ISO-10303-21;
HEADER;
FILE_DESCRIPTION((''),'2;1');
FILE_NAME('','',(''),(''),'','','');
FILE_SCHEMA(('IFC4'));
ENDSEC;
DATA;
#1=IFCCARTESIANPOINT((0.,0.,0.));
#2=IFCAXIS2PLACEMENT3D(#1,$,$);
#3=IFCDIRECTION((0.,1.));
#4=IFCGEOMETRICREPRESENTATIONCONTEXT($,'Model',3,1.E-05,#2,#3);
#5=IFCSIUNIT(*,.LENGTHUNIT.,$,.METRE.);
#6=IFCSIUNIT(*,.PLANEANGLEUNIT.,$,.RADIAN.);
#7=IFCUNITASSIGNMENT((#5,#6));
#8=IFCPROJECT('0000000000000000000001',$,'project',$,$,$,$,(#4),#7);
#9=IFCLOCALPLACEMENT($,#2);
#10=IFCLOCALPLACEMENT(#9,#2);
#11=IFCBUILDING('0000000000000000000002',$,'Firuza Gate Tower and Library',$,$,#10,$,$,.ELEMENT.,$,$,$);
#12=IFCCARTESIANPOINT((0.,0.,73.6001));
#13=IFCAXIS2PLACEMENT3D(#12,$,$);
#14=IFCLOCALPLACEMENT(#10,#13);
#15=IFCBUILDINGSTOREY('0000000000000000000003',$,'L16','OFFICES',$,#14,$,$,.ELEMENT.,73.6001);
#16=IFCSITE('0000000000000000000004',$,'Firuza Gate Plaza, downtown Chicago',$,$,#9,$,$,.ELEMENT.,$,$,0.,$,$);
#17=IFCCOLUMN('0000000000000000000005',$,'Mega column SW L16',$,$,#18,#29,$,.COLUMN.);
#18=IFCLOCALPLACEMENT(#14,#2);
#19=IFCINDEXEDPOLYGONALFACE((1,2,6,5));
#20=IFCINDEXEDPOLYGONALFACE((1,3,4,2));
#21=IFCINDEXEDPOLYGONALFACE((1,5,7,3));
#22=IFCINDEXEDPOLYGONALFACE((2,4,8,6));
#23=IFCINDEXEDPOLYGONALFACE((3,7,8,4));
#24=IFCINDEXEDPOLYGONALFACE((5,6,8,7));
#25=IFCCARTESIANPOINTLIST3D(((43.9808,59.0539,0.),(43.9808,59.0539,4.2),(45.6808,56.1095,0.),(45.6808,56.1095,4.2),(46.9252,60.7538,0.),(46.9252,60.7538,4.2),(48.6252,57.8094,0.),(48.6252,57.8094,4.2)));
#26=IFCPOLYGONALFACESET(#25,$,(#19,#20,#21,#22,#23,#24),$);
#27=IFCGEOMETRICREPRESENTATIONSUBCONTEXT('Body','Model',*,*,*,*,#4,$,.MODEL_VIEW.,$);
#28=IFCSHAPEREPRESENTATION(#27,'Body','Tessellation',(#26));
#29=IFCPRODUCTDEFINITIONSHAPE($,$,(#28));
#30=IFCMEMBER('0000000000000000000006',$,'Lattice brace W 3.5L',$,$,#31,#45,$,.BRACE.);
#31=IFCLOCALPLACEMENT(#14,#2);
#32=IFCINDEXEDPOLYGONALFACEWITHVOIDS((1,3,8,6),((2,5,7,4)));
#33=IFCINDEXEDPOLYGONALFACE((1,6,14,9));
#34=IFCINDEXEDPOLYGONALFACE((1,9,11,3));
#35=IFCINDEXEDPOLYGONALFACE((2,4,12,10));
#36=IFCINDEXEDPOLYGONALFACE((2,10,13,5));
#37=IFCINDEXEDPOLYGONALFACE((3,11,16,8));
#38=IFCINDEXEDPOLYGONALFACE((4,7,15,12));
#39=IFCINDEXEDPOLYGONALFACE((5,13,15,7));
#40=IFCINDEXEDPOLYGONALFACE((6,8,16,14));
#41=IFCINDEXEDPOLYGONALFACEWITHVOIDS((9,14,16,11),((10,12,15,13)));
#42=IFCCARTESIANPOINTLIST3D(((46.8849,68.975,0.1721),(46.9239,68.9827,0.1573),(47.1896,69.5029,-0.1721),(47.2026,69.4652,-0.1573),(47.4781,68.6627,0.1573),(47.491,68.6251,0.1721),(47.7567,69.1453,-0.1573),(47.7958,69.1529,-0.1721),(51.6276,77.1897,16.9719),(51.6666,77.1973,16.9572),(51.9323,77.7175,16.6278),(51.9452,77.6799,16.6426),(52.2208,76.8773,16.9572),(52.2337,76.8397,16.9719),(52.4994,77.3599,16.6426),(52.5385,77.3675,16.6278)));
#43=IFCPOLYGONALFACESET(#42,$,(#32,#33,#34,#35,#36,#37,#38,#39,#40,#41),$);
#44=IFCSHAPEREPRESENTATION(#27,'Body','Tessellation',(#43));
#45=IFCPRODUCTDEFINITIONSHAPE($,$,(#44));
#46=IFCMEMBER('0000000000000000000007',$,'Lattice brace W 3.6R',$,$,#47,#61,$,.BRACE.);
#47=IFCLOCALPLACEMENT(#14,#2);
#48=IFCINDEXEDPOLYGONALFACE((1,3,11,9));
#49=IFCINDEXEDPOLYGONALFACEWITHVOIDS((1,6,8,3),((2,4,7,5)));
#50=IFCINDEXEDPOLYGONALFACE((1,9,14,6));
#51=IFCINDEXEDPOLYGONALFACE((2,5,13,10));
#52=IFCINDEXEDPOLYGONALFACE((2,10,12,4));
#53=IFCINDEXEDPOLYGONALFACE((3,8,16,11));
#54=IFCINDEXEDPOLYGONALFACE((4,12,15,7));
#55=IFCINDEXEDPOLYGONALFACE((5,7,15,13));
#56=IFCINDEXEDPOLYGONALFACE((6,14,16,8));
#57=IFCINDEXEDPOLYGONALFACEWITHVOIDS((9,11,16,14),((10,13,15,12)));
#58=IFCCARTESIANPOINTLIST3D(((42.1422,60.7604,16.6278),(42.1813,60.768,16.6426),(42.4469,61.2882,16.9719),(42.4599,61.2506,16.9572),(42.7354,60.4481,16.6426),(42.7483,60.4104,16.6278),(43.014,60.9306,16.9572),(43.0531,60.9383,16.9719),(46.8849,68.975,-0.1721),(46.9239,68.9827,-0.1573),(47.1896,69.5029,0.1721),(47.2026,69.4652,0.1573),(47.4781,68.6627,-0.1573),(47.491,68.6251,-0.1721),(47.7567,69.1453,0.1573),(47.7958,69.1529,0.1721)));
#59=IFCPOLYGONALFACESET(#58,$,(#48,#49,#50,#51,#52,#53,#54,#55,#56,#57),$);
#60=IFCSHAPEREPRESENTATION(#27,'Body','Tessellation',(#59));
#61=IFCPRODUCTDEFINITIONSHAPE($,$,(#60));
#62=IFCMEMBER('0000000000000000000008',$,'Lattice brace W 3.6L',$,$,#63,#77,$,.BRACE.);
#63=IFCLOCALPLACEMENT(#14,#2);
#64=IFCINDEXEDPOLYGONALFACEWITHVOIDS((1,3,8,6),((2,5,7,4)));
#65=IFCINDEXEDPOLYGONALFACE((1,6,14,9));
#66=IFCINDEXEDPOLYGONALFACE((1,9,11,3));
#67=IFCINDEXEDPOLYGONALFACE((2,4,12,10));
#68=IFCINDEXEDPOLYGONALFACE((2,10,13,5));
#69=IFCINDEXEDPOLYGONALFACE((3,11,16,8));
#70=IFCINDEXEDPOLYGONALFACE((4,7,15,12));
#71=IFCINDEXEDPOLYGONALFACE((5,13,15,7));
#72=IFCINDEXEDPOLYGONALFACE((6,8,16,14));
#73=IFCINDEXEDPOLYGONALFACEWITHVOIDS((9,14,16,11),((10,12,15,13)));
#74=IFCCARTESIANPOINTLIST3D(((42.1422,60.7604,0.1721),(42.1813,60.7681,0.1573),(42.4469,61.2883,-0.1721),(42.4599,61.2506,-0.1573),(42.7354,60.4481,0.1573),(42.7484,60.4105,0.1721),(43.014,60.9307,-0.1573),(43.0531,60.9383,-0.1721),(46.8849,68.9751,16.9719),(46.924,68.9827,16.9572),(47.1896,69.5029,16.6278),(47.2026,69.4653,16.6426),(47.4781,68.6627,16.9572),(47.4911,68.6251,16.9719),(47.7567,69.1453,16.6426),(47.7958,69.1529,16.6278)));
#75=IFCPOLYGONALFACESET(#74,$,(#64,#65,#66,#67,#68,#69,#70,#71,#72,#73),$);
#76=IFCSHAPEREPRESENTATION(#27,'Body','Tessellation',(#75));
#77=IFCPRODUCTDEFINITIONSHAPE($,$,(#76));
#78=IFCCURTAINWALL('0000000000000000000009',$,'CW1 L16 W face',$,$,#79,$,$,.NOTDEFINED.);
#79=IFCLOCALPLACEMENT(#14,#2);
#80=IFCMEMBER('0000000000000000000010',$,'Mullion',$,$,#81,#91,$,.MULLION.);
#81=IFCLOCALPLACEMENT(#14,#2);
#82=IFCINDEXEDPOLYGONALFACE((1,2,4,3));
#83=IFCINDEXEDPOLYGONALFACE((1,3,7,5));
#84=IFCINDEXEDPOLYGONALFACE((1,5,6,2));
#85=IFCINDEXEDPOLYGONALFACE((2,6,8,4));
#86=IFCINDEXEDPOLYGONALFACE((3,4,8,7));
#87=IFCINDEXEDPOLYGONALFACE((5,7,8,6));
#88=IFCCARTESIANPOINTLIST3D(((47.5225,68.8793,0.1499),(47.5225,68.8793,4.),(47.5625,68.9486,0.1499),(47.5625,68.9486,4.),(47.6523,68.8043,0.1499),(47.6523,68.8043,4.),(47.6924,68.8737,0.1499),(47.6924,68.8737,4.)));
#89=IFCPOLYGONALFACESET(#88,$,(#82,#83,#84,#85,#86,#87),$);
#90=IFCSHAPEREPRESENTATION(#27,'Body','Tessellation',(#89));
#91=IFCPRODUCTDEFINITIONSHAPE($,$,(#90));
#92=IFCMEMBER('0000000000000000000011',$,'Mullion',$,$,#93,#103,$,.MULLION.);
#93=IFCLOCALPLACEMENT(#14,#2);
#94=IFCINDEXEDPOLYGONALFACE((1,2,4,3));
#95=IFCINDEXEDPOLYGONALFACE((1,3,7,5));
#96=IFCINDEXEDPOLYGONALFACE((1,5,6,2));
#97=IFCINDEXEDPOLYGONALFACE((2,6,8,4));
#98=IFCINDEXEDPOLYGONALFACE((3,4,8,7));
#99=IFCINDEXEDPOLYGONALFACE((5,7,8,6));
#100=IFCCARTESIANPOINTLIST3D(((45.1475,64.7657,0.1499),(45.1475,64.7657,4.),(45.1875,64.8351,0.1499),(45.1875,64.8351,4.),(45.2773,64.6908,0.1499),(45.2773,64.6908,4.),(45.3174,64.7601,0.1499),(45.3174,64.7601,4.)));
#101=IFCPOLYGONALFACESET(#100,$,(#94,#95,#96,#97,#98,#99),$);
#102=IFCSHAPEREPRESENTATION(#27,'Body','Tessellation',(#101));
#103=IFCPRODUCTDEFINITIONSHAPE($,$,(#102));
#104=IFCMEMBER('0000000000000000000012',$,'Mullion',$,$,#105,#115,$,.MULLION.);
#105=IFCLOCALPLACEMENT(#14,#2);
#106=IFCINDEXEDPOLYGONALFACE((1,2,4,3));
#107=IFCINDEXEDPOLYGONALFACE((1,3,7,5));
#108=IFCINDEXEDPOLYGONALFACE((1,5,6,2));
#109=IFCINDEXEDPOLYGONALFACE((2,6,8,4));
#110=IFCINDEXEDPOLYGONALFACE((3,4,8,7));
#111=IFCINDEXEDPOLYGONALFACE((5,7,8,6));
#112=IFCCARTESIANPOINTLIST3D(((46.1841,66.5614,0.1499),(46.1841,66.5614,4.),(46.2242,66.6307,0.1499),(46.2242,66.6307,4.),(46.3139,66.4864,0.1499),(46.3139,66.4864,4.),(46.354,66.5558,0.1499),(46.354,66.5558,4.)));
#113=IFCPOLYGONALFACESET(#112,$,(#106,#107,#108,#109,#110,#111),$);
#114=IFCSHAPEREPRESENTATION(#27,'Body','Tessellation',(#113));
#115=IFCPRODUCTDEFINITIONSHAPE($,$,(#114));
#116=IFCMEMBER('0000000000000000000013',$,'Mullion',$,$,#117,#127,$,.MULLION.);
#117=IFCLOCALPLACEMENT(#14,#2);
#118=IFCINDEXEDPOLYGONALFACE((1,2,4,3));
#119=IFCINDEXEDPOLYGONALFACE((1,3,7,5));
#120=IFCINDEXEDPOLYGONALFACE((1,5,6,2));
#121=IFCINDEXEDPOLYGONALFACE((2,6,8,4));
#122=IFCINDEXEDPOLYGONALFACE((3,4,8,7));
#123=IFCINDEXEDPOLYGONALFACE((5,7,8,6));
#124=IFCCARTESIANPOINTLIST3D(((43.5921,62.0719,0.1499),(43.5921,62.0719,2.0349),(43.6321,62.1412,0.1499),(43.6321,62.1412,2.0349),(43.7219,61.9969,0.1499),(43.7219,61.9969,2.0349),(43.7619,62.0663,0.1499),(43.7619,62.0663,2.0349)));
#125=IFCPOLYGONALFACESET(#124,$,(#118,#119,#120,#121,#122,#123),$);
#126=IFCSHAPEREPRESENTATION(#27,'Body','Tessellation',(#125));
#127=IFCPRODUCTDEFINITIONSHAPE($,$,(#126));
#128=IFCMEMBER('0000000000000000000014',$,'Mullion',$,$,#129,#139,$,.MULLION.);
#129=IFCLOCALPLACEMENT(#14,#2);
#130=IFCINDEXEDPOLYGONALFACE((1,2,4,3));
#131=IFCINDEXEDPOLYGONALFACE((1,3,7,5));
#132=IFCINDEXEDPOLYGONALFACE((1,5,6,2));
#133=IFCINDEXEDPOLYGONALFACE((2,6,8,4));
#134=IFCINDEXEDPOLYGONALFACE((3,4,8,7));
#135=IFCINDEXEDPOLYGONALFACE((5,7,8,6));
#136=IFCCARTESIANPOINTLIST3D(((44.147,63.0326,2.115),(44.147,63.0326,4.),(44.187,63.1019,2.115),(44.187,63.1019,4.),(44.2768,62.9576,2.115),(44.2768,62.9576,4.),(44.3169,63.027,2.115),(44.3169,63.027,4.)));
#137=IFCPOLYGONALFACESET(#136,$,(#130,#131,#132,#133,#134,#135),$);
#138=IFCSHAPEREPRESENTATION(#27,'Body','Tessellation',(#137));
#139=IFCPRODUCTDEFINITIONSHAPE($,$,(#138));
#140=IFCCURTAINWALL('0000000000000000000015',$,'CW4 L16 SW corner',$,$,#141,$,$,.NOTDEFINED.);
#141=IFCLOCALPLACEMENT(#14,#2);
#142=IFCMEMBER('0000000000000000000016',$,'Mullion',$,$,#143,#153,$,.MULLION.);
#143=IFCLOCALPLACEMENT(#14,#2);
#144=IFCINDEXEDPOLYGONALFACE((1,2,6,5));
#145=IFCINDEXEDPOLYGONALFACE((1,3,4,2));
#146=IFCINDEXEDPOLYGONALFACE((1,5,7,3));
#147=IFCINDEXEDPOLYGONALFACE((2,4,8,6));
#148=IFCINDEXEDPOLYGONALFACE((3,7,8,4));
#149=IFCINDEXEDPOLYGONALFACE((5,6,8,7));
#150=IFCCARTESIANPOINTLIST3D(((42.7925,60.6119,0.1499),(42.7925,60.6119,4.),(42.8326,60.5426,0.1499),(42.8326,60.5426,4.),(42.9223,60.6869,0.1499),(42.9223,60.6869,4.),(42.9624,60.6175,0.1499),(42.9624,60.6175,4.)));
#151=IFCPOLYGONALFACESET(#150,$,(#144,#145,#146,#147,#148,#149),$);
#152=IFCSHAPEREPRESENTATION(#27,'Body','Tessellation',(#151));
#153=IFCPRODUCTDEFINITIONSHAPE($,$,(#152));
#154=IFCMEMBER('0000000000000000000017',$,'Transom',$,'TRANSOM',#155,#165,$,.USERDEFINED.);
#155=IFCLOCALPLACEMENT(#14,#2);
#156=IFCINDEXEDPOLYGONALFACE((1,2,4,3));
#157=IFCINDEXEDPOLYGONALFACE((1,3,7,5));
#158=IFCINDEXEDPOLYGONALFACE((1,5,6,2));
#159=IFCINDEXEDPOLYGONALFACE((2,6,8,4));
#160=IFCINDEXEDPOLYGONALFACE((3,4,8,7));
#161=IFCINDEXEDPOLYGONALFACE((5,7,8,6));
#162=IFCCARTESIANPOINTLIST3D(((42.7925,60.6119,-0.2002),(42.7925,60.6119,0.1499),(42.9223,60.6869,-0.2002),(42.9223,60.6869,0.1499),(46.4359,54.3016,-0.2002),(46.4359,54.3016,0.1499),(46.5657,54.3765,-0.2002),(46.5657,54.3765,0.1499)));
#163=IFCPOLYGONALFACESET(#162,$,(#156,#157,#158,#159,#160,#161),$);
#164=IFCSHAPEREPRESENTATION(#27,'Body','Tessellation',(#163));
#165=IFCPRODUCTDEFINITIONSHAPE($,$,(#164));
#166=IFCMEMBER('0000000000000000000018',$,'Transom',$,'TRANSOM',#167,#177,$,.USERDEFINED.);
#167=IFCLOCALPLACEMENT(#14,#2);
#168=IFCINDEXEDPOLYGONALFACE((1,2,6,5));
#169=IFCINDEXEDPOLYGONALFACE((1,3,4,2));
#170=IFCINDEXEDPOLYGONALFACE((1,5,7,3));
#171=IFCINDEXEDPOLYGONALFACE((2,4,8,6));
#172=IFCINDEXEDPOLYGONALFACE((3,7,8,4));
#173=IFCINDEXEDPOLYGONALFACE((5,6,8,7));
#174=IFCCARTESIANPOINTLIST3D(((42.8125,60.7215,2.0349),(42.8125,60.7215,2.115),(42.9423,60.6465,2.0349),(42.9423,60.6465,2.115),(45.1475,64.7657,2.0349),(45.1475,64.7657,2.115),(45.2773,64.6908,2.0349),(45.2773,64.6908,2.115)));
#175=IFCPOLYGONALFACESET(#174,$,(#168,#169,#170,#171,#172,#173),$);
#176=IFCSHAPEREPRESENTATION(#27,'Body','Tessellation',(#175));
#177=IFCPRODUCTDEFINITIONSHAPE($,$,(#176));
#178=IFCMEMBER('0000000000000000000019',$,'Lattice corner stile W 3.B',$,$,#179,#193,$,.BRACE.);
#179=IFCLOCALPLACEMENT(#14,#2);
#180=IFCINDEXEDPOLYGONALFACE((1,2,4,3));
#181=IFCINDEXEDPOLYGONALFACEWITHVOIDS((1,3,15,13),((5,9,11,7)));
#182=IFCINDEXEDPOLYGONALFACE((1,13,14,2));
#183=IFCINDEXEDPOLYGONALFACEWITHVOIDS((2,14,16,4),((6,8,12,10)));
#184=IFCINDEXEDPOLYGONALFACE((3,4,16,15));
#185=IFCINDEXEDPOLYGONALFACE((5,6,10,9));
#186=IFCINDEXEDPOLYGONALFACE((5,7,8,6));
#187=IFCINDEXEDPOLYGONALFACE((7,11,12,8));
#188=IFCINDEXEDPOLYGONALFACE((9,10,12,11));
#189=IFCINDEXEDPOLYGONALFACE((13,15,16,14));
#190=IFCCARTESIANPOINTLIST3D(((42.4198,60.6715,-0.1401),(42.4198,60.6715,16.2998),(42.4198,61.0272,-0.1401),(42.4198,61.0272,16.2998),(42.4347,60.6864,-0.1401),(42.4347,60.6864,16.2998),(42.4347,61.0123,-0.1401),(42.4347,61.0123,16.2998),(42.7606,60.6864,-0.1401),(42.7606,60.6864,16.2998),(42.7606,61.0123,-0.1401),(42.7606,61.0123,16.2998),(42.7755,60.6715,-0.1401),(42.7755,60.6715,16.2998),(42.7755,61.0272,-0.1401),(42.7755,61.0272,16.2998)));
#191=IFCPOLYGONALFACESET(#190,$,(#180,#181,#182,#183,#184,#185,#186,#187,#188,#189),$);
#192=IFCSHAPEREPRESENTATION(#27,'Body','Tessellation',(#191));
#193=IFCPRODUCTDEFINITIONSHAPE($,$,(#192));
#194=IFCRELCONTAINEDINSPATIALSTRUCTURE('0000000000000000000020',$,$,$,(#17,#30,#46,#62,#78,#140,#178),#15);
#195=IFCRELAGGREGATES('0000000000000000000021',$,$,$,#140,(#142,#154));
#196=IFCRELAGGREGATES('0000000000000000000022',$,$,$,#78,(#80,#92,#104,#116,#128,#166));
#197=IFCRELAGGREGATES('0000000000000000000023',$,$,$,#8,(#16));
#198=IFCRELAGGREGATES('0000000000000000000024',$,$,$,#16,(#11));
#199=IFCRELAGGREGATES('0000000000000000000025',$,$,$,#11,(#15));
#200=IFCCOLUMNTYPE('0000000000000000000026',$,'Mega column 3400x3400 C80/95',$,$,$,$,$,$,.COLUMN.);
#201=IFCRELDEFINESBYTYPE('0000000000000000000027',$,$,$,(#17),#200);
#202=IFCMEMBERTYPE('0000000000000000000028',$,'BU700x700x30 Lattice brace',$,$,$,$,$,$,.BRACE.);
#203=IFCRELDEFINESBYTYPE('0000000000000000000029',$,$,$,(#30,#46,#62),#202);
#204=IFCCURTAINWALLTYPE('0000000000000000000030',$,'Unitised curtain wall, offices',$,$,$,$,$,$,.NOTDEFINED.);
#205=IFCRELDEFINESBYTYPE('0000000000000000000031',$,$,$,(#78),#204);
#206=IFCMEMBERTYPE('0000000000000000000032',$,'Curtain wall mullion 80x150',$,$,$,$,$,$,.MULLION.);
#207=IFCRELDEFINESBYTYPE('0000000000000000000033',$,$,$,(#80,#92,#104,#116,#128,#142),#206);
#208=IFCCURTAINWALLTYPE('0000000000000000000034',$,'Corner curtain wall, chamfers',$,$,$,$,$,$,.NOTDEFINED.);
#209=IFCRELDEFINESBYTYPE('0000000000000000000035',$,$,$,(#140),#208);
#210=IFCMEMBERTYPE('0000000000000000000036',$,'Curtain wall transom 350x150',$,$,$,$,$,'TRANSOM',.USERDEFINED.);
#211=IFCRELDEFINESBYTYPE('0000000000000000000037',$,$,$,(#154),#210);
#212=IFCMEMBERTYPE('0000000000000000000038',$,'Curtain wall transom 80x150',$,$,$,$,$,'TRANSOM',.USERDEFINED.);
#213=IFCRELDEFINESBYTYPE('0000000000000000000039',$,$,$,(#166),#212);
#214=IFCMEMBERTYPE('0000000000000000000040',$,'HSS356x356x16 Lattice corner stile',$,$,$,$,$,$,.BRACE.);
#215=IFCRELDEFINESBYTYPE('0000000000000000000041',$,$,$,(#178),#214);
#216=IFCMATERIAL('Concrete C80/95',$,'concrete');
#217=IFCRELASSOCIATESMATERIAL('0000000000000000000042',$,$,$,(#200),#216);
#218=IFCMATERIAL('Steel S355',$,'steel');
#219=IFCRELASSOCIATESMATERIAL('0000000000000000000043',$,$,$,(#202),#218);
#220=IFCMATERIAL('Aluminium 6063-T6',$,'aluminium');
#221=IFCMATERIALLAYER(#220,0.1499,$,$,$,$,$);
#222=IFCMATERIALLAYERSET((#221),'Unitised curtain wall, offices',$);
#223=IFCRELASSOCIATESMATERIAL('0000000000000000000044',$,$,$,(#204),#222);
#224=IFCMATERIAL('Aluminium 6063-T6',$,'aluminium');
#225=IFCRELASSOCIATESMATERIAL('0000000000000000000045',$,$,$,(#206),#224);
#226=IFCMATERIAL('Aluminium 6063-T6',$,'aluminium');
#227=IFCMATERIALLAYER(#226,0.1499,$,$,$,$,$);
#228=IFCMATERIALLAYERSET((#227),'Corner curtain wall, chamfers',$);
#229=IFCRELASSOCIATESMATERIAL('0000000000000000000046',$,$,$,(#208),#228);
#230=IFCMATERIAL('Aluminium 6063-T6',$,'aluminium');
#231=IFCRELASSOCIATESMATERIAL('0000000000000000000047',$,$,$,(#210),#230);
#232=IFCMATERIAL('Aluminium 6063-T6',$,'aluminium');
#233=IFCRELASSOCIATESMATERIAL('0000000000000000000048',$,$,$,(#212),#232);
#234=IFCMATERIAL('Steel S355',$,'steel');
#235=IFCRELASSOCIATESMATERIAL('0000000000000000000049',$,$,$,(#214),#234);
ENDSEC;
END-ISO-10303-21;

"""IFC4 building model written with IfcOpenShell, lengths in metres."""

from ifc_helpers import new_model, si_unit, direction, frame, origin, origin_2d, place, context, subcontext, project, spatial, rectangle, hollow_rectangle, extrude, material, layer, layer_set, material_profile, profile_set, type_object, element, aggregate, save


model = new_model("IFC4")

# Units and contexts
model_context = context("Model", 3, precision=1e-05, world=origin(), true_north=direction((0.0, 1.0)))
body_context = subcontext(model_context, "Body", "Model", "MODEL_VIEW")
ifc_project = project(units=[si_unit("LENGTHUNIT", "METRE"), si_unit("PLANEANGLEUNIT", "RADIAN")], contexts=[model_context])

# Site, building, storey
site_placement = place(None, origin())
site = spatial("IfcSite", under=ifc_project, at=site_placement, Name="Firuza Gate Plaza, downtown Chicago", CompositionType="ELEMENT", RefElevation=0.0)
building_placement = place(site_placement, origin())
building = spatial("IfcBuilding", under=site, at=building_placement, Name="Firuza Gate Tower and Library", CompositionType="ELEMENT")
storey_placement = place(building_placement, frame((0.0, 0.0, 73.6001)))
storey = spatial("IfcBuildingStorey", under=building, at=storey_placement, Name="L16", Description="OFFICES", CompositionType="ELEMENT", Elevation=73.6001)

# Column
ifc_material_1 = material(Name="Concrete C80/95", Category="concrete")
ifc_material_profile_1 = material_profile(ifc_material_1, rectangle(XDim=3.3999, YDim=3.3999, at=origin_2d()))
ifc_profile_set_1 = profile_set([ifc_material_profile_1], Name="Concrete C80/95")
column_type = type_object("IfcColumnType", Name="Mega column 3400x3400 C80/95", PredefinedType="COLUMN", material=ifc_profile_set_1)
column_placement = place(storey_placement, frame((46.303, 58.4316, 0.0), z_axis=(0.0, 0.0, 1.0), x_axis=(0.5, -0.866025, 0.0)))
element("IfcColumn", 1, at=column_placement, inside=storey, type_object=column_type, Name="Mega column SW L16", PredefinedType="COLUMN", context=body_context, shape_type="SweptSolid", body=[
    extrude(rectangle(XDim=3.3999, YDim=3.3999, at=origin_2d()), origin(), (0.0, 0.0, 1.0), 4.2),
])

# Members
ifc_material_2 = material(Name="Steel S355", Category="steel")
ifc_material_profile_2 = material_profile(ifc_material_2, hollow_rectangle(XDim=0.7, YDim=0.7, WallThickness=0.03, at=origin_2d()))
ifc_profile_set_2 = profile_set([ifc_material_profile_2], Name="Steel S355")
member_type_1 = type_object("IfcMemberType", Name="BU700x700x30 Lattice brace", PredefinedType="BRACE", material=ifc_profile_set_2)
for number, where, z_axis, x_axis, name in (
    (2, (47.3403, 69.064, 0.0), (0.245828, 0.425789, 0.870788), (-0.866027, 0.499998, 0.0), "Lattice brace W 3.5L"),
    (3, (47.3403, 69.064, 0.0), (-0.245828, -0.425789, 0.870788), (0.866027, -0.499998, 0.0), "Lattice brace W 3.6R"),
    (4, (42.5977, 60.8494, 0.0), (0.245828, 0.425789, 0.870788), (-0.866027, 0.499998, 0.0), "Lattice brace W 3.6L"),
):
    element("IfcMember", number, at=place(storey_placement, frame(where, z_axis=z_axis, x_axis=x_axis)), inside=storey, type_object=member_type_1, Name=name, PredefinedType="BRACE", context=body_context, shape_type="SweptSolid", body=[
        extrude(hollow_rectangle(XDim=0.7, YDim=0.7, WallThickness=0.03, at=origin_2d()), origin(), (0.0, 0.0, 1.0), 19.2927),
    ])

# Curtain walls, members
ifc_material_3 = material(Name="Aluminium 6063-T6", Category="aluminium")
ifc_layer_1 = layer(ifc_material_3, 0.1499)
ifc_layer_set_1 = layer_set([ifc_layer_1], Name="Unitised curtain wall, offices")
curtain_wall_type_1 = type_object("IfcCurtainWallType", Name="Unitised curtain wall, offices", PredefinedType="NOTDEFINED", material=ifc_layer_set_1)
placement = place(storey_placement, origin())
curtain_wall_1 = element("IfcCurtainWall", 5, at=placement, inside=storey, type_object=curtain_wall_type_1, Name="CW1 L16 W face", PredefinedType="NOTDEFINED")
ifc_material_4 = material(Name="Aluminium 6063-T6", Category="aluminium")
ifc_material_profile_3 = material_profile(ifc_material_4, rectangle(XDim=0.1499, YDim=0.0801, at=origin_2d()))
ifc_profile_set_3 = profile_set([ifc_material_profile_3], Name="Aluminium 6063-T6")
member_type_2 = type_object("IfcMemberType", Name="Curtain wall mullion 80x150", PredefinedType="MULLION", material=ifc_profile_set_3)
member_1_placement = place(storey_placement, frame((47.6074, 68.8765, 0.1499), z_axis=(0.0, 0.0, 1.0), x_axis=(0.866025, -0.5, 0.0)))
member_1 = element("IfcMember", 6, at=member_1_placement, type_object=member_type_2, Name="Mullion", PredefinedType="MULLION", context=body_context, shape_type="SweptSolid", body=[
    extrude(rectangle(XDim=0.1499, YDim=0.0801, at=origin_2d()), origin(), (0.0, 0.0, 1.0), 3.8501),
])
member_2_placement = place(storey_placement, frame((45.2324, 64.7629, 0.1499), z_axis=(0.0, 0.0, 1.0), x_axis=(0.866025, -0.5, 0.0)))
member_2 = element("IfcMember", 7, at=member_2_placement, type_object=member_type_2, Name="Mullion", PredefinedType="MULLION", context=body_context, shape_type="SweptSolid", body=[
    extrude(rectangle(XDim=0.1499, YDim=0.0801, at=origin_2d()), origin(), (0.0, 0.0, 1.0), 3.8501),
])
member_3_placement = place(storey_placement, frame((46.269, 66.5586, 0.1499), z_axis=(0.0, 0.0, 1.0), x_axis=(0.866025, -0.5, 0.0)))
member_3 = element("IfcMember", 8, at=member_3_placement, type_object=member_type_2, Name="Mullion", PredefinedType="MULLION", context=body_context, shape_type="SweptSolid", body=[
    extrude(rectangle(XDim=0.1499, YDim=0.0801, at=origin_2d()), origin(), (0.0, 0.0, 1.0), 3.8501),
])
member_4_placement = place(storey_placement, frame((43.677, 62.0691, 0.1499), z_axis=(0.0, 0.0, 1.0), x_axis=(0.866025, -0.5, 0.0)))
member_4 = element("IfcMember", 9, at=member_4_placement, type_object=member_type_2, Name="Mullion", PredefinedType="MULLION", context=body_context, shape_type="SweptSolid", body=[
    extrude(rectangle(XDim=0.1499, YDim=0.0801, at=origin_2d()), origin(), (0.0, 0.0, 1.0), 1.885),
])
member_5_placement = place(storey_placement, frame((44.2319, 63.0298, 2.115), z_axis=(0.0, 0.0, 1.0), x_axis=(0.866025, -0.5, 0.0)))
member_5 = element("IfcMember", 10, at=member_5_placement, type_object=member_type_2, Name="Mullion", PredefinedType="MULLION", context=body_context, shape_type="SweptSolid", body=[
    extrude(rectangle(XDim=0.1499, YDim=0.0801, at=origin_2d()), origin(), (0.0, 0.0, 1.0), 1.885),
])
ifc_material_5 = material(Name="Aluminium 6063-T6", Category="aluminium")
ifc_layer_2 = layer(ifc_material_5, 0.1499)
ifc_layer_set_2 = layer_set([ifc_layer_2], Name="Corner curtain wall, chamfers")
curtain_wall_type_2 = type_object("IfcCurtainWallType", Name="Corner curtain wall, chamfers", PredefinedType="NOTDEFINED", material=ifc_layer_set_2)
curtain_wall_2 = element("IfcCurtainWall", 11, at=placement, inside=storey, type_object=curtain_wall_type_2, Name="CW4 L16 SW corner", PredefinedType="NOTDEFINED")
member_6_placement = place(storey_placement, frame((42.8774, 60.6147, 0.1499), z_axis=(0.0, 0.0, 1.0), x_axis=(0.866025, 0.5, 0.0)))
member_6 = element("IfcMember", 12, at=member_6_placement, type_object=member_type_2, Name="Mullion", PredefinedType="MULLION", context=body_context, shape_type="SweptSolid", body=[
    extrude(rectangle(XDim=0.1499, YDim=0.0801, at=origin_2d()), origin(), (0.0, 0.0, 1.0), 3.8501),
])
ifc_material_6 = material(Name="Aluminium 6063-T6", Category="aluminium")
ifc_material_profile_4 = material_profile(ifc_material_6, rectangle(XDim=0.1499, YDim=0.3501, at=origin_2d()))
ifc_profile_set_4 = profile_set([ifc_material_profile_4], Name="Aluminium 6063-T6")
member_type_3 = type_object("IfcMemberType", Name="Curtain wall transom 350x150", ElementType="TRANSOM", PredefinedType="USERDEFINED", material=ifc_profile_set_4)
member_7_placement = place(storey_placement, frame((42.8574, 60.6494, -0.0251), z_axis=(0.500006, -0.866022, 0.0), x_axis=(0.866022, 0.500006, 0.0)))
member_7 = element("IfcMember", 13, at=member_7_placement, type_object=member_type_3, Name="Transom", ObjectType="TRANSOM", PredefinedType="USERDEFINED", context=body_context, shape_type="SweptSolid", body=[
    extrude(rectangle(XDim=0.1499, YDim=0.3501, at=origin_2d()), origin(), (0.0, 0.0, 1.0), 7.2866),
])

# Member
ifc_material_7 = material(Name="Aluminium 6063-T6", Category="aluminium")
ifc_material_profile_5 = material_profile(ifc_material_7, rectangle(XDim=0.1499, YDim=0.0801, at=origin_2d()))
ifc_profile_set_5 = profile_set([ifc_material_profile_5], Name="Aluminium 6063-T6")
member_type_4 = type_object("IfcMemberType", Name="Curtain wall transom 80x150", ElementType="TRANSOM", PredefinedType="USERDEFINED", material=ifc_profile_set_5)
member_8_placement = place(storey_placement, frame((45.2124, 64.7283, 2.075), z_axis=(-0.500008, -0.866021, 0.0), x_axis=(0.866021, -0.500008, 0.0)))
member_8 = element("IfcMember", 14, at=member_8_placement, type_object=member_type_4, Name="Transom", ObjectType="TRANSOM", PredefinedType="USERDEFINED", context=body_context, shape_type="SweptSolid", body=[
    extrude(rectangle(XDim=0.1499, YDim=0.0801, at=origin_2d()), origin(), (0.0, 0.0, 1.0), 4.6699),
])

# Member
ifc_material_8 = material(Name="Steel S355", Category="steel")
ifc_material_profile_6 = material_profile(ifc_material_8, hollow_rectangle(XDim=0.3557, YDim=0.3557, WallThickness=0.0149, at=origin_2d()))
ifc_profile_set_6 = profile_set([ifc_material_profile_6], Name="Steel S355")
member_type_5 = type_object("IfcMemberType", Name="HSS356x356x16 Lattice corner stile", PredefinedType="BRACE", material=ifc_profile_set_6)
member_9_placement = place(storey_placement, frame((42.5977, 60.8494, -0.1401), z_axis=(0.0, 0.0, 1.0), x_axis=(1.0, 0.0, 0.0)))
element("IfcMember", 15, at=member_9_placement, inside=storey, type_object=member_type_5, Name="Lattice corner stile W 3.B", PredefinedType="BRACE", context=body_context, shape_type="SweptSolid", body=[
    extrude(hollow_rectangle(XDim=0.3557, YDim=0.3557, WallThickness=0.0149, at=origin_2d()), origin(), (0.0, 0.0, 1.0), 16.4399),
])

aggregate(curtain_wall_2, [member_6, member_7])
aggregate(curtain_wall_1, [member_1, member_2, member_3, member_4, member_5, member_8])

save(model, "model.ifc")
